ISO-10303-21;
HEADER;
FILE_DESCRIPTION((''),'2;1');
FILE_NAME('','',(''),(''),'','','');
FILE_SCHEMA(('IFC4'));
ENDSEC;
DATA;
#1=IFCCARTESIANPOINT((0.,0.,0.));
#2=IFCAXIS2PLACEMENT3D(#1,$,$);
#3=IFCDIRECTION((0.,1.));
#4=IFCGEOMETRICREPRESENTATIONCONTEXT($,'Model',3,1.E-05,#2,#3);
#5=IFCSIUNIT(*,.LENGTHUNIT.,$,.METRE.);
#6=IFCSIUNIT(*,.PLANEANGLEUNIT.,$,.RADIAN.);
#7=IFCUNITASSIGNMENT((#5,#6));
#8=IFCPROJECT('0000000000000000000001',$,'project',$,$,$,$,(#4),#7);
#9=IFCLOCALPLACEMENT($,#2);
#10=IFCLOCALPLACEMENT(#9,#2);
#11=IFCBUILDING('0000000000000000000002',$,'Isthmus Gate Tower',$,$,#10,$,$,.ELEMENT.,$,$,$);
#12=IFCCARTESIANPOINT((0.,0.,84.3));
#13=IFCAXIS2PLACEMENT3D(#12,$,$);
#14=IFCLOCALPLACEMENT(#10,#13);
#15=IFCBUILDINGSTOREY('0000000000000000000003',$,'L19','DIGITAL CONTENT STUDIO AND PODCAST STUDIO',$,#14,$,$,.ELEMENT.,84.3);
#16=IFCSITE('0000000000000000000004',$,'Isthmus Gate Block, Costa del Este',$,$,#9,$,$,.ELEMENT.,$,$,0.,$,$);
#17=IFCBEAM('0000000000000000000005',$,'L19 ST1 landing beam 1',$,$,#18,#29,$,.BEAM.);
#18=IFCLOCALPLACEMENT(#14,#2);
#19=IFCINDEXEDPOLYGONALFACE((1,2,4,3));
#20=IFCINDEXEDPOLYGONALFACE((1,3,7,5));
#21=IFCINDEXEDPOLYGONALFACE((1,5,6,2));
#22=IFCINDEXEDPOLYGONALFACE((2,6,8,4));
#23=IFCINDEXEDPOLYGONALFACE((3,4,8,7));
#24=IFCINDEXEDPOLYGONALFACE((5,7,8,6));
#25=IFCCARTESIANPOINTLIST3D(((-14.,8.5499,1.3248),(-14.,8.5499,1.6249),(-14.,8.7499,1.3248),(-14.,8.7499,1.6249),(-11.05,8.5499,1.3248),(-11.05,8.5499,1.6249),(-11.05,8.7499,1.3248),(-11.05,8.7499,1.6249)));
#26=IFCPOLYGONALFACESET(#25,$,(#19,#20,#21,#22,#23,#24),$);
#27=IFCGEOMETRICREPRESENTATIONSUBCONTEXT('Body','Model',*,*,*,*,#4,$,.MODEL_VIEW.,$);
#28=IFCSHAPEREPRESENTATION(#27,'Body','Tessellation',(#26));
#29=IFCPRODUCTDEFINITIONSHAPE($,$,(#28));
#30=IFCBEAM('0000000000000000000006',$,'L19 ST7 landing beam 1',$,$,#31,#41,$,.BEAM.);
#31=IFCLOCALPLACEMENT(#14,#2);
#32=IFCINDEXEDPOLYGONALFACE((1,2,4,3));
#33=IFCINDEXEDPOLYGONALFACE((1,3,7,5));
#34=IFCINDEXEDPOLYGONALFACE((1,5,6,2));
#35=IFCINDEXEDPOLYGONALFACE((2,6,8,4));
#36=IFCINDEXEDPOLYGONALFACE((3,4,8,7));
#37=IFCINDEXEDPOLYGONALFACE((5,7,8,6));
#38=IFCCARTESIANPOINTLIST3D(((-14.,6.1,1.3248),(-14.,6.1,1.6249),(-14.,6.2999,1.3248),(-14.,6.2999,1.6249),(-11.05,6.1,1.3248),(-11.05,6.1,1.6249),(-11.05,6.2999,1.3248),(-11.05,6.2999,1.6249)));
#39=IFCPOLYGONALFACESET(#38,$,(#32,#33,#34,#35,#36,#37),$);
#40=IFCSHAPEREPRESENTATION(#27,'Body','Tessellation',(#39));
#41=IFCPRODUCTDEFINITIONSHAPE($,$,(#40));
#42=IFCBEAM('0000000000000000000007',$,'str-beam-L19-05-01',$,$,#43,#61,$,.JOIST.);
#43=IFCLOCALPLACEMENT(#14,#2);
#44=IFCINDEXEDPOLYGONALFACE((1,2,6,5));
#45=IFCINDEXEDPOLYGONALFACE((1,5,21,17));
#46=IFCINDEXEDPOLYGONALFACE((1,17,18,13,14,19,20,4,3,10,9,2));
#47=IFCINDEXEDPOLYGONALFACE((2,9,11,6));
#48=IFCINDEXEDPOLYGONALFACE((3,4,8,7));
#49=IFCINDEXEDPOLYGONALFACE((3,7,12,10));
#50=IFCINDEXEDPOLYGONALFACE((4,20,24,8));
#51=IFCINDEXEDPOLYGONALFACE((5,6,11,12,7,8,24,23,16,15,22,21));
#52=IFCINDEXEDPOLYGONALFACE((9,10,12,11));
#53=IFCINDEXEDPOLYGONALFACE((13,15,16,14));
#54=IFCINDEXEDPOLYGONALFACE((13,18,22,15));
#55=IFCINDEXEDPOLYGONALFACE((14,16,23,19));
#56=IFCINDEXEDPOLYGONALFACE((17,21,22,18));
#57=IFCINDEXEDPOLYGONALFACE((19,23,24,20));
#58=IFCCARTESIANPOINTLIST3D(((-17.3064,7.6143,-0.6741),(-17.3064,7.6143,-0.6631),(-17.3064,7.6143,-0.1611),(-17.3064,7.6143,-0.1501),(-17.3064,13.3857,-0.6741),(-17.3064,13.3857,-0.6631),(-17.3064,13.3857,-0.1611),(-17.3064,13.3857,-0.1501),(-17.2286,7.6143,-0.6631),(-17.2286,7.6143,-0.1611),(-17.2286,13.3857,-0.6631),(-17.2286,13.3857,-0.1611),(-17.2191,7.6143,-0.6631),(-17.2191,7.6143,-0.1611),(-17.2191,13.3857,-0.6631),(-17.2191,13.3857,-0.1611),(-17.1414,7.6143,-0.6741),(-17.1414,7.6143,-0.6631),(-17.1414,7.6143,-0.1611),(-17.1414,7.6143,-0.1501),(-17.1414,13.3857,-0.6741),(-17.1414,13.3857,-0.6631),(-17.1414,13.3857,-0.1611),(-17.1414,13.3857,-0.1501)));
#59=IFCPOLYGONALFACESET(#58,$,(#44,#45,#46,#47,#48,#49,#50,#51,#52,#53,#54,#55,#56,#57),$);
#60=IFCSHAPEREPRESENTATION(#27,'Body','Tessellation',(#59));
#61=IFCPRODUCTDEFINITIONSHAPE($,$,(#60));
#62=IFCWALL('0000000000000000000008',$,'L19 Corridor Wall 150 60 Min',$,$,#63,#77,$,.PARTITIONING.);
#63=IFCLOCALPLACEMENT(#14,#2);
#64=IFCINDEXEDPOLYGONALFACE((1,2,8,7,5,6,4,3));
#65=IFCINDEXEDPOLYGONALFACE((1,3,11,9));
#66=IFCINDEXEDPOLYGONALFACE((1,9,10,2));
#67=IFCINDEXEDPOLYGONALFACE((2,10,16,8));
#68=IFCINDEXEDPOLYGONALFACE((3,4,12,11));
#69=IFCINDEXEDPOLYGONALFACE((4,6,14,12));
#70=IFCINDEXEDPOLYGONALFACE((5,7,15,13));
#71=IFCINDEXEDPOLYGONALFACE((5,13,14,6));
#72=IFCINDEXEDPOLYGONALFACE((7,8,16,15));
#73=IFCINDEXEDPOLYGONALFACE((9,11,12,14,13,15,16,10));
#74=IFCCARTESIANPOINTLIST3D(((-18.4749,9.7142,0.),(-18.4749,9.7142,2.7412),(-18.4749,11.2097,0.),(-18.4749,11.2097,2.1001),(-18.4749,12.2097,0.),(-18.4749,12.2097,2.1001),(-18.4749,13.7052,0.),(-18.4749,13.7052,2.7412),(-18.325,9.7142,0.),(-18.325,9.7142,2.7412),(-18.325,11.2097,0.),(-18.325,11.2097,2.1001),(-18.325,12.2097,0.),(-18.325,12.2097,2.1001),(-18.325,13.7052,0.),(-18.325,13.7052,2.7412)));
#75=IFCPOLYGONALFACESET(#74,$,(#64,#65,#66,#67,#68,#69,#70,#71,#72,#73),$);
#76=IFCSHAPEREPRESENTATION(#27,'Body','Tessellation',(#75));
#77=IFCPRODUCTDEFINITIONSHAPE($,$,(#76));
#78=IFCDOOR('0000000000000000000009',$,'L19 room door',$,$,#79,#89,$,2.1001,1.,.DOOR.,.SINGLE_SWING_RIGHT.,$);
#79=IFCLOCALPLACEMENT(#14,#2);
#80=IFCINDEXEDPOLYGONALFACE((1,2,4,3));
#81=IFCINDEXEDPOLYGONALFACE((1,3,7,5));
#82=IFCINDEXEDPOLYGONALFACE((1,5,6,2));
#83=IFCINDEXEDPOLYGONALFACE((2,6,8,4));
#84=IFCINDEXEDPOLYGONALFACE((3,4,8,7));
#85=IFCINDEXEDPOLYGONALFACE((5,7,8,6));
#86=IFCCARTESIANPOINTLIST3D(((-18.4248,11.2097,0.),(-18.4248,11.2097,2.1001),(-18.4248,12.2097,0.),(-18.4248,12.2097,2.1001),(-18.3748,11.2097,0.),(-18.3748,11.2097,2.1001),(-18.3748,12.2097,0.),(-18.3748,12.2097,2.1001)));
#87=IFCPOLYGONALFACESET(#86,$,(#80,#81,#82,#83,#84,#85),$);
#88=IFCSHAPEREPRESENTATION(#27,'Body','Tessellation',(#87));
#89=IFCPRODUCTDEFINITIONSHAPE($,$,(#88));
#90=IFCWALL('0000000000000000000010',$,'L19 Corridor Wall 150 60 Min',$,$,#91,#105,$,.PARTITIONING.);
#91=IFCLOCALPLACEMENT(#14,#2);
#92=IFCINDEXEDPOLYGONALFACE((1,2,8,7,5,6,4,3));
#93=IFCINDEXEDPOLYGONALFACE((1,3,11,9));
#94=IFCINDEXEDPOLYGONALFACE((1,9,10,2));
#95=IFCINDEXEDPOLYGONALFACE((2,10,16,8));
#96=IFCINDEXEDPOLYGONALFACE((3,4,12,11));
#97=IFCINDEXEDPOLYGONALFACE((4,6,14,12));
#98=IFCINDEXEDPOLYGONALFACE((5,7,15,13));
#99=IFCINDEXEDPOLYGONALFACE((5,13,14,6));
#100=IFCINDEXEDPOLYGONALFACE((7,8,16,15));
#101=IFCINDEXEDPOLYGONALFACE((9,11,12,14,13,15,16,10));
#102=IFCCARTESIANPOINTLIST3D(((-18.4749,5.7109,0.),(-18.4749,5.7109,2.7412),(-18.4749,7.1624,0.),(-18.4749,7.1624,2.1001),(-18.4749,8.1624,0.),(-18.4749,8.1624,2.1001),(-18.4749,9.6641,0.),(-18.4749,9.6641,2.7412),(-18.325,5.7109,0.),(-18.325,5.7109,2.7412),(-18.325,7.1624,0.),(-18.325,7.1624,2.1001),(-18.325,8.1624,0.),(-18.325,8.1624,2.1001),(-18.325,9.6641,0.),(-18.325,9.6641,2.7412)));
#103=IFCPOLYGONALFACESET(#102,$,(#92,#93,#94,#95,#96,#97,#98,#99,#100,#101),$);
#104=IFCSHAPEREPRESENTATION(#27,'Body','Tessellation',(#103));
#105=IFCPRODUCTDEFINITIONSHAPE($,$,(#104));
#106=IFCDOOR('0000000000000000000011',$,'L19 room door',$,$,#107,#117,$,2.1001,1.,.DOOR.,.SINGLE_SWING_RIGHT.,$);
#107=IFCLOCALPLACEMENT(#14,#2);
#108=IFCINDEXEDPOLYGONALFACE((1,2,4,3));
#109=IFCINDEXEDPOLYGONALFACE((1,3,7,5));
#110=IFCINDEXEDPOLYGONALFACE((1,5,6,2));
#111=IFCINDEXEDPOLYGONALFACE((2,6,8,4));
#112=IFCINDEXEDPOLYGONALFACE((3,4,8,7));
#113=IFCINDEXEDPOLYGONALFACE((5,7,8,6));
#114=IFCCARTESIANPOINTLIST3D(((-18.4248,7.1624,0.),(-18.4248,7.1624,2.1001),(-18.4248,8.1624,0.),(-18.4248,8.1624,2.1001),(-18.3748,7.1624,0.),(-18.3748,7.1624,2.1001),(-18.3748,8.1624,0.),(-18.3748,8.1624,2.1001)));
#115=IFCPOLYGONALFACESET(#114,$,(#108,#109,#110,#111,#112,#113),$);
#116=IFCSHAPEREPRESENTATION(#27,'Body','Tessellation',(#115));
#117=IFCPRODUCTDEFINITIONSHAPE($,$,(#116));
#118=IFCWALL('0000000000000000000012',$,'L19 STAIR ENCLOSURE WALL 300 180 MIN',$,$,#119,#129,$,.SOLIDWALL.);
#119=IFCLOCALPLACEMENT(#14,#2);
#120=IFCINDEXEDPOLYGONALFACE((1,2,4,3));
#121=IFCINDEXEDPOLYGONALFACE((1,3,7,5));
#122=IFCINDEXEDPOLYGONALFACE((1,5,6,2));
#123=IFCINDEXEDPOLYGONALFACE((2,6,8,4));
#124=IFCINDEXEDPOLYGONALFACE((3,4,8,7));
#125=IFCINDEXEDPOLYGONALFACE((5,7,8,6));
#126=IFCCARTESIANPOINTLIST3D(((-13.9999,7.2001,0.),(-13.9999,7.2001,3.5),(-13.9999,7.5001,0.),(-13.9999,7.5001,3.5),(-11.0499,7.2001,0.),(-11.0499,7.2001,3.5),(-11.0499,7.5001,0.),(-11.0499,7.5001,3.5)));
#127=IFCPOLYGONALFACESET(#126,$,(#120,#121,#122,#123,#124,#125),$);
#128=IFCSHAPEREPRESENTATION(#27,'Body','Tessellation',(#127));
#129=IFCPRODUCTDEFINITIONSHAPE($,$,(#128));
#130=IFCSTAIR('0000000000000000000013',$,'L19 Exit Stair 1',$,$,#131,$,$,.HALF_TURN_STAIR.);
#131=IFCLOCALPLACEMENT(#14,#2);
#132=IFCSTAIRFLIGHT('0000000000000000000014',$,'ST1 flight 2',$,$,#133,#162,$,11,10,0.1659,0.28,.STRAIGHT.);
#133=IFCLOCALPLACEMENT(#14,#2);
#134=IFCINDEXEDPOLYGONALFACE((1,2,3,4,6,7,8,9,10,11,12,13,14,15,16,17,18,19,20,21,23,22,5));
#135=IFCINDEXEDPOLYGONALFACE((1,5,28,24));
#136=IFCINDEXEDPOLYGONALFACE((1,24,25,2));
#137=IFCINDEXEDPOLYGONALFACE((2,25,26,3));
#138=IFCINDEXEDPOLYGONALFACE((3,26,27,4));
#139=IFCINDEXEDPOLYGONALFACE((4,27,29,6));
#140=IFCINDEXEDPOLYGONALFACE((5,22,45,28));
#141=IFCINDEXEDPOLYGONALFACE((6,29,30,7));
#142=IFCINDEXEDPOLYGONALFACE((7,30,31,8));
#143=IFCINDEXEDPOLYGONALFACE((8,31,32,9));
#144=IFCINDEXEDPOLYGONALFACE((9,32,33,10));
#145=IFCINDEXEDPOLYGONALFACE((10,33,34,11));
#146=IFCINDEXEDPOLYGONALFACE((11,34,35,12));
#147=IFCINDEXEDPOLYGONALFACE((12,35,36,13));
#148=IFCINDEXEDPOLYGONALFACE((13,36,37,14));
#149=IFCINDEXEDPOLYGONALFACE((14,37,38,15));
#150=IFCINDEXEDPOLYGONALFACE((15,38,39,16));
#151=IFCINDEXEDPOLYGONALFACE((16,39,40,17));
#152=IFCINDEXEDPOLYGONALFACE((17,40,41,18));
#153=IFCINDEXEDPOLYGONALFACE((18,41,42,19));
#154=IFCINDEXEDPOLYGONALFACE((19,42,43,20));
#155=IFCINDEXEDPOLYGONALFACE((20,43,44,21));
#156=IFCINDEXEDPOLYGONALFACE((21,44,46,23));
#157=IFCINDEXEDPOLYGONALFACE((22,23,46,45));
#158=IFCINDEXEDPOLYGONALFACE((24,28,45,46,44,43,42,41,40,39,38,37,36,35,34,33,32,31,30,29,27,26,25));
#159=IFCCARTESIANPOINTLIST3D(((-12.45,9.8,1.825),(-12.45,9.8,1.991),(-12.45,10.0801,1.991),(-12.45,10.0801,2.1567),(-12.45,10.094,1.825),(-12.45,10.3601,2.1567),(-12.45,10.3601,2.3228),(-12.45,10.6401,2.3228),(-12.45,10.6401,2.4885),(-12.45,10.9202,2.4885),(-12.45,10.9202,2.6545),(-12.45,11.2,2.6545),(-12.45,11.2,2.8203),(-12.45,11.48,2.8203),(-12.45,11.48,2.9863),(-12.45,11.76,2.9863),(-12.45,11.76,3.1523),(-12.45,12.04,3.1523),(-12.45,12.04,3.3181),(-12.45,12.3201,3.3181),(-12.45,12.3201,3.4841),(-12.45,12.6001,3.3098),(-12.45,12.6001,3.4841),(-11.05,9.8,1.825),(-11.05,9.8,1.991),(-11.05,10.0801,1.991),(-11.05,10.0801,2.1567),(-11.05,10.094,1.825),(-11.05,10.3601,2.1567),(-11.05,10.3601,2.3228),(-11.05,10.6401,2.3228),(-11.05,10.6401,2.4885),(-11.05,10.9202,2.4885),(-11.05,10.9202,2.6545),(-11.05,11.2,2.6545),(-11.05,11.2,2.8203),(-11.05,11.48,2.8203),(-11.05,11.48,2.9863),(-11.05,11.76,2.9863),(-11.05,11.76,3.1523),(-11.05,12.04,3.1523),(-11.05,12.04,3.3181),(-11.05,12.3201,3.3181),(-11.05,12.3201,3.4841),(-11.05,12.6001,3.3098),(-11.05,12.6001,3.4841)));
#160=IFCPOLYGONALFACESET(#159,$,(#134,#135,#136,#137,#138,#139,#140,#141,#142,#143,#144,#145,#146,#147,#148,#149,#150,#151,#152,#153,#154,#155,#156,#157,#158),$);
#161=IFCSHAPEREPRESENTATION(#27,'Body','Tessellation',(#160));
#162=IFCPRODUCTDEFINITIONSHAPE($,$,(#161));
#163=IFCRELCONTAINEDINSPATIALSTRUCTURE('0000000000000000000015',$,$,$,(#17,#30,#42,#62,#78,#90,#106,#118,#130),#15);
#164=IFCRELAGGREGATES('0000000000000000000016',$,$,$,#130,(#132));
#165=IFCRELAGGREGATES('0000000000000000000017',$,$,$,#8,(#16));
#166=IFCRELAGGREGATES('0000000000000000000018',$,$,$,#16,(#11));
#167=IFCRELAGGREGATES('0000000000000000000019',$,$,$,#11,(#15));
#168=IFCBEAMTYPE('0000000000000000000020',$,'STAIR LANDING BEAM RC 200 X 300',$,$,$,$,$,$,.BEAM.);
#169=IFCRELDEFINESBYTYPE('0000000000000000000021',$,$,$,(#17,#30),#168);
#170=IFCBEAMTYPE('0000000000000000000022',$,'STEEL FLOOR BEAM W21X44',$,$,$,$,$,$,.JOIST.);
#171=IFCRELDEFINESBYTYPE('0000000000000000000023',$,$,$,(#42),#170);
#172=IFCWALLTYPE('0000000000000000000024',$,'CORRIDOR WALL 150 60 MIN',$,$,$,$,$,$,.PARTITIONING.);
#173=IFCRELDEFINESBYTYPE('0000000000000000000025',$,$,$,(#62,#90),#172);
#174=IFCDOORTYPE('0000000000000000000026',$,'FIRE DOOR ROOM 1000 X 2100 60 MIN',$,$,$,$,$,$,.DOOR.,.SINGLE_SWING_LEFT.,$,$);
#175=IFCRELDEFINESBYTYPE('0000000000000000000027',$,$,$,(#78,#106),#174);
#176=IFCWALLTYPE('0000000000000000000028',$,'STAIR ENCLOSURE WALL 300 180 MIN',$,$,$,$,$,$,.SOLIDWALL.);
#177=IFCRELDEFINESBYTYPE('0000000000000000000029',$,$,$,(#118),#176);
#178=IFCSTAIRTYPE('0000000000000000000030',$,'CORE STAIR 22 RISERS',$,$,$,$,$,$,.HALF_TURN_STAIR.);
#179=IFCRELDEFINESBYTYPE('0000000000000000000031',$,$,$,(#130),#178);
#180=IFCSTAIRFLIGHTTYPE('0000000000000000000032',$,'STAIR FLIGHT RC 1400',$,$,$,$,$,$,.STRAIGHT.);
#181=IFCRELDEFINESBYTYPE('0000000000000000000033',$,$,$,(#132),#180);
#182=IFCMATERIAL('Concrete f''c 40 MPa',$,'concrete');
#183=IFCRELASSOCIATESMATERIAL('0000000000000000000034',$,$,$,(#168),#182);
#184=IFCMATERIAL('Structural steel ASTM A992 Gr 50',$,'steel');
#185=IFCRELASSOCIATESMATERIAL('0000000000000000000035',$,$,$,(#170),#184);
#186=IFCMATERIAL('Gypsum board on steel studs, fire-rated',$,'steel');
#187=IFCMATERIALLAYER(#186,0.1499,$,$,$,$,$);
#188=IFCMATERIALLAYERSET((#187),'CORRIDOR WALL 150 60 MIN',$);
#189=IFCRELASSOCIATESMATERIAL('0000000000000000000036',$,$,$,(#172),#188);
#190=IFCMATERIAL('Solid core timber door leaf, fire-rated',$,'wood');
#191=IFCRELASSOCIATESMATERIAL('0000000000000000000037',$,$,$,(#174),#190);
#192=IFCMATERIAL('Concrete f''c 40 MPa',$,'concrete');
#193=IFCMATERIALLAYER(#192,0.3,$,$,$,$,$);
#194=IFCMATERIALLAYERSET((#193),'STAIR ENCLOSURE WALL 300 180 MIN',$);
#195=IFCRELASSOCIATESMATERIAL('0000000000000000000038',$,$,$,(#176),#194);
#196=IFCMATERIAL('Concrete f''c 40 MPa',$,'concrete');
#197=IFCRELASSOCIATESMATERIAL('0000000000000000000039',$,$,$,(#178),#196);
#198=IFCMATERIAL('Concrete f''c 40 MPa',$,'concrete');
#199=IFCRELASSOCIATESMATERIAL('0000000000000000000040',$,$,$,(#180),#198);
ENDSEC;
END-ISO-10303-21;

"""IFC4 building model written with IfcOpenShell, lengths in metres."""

from ifc_helpers import new_model, si_unit, direction, frame, frame_2d, origin, origin_2d, place, context, subcontext, project, spatial, polyline, rectangle, i_section, outline, extrude, material, layer, layer_set, material_profile, profile_set, type_object, element, fill, aggregate, save


model = new_model("IFC4")

# Units and contexts
model_context = context("Model", 3, precision=1e-05, world=origin(), true_north=direction((0.0, 1.0)))
body_context = subcontext(model_context, "Body", "Model", "MODEL_VIEW")
ifc_project = project(units=[si_unit("LENGTHUNIT", "METRE"), si_unit("PLANEANGLEUNIT", "RADIAN")], contexts=[model_context])

# Site, building, storey
site_placement = place(None, origin())
site = spatial("IfcSite", under=ifc_project, at=site_placement, Name="Isthmus Gate Block, Costa del Este", CompositionType="ELEMENT", RefElevation=0.0)
building_placement = place(site_placement, origin())
building = spatial("IfcBuilding", under=site, at=building_placement, Name="Isthmus Gate Tower", CompositionType="ELEMENT")
storey_placement = place(building_placement, frame((0.0, 0.0, 84.3)))
storey = spatial("IfcBuildingStorey", under=building, at=storey_placement, Name="L19", Description="DIGITAL CONTENT STUDIO AND PODCAST STUDIO", CompositionType="ELEMENT", Elevation=84.3)

# Beams
ifc_material_1 = material(Name="Concrete f'c 40 MPa", Category="concrete")
ifc_material_profile_1 = material_profile(ifc_material_1, rectangle(XDim=0.2, YDim=0.3, at=origin_2d()), Name="STAIR LANDING BEAM RC 200 X 300")
ifc_profile_set_1 = profile_set([ifc_material_profile_1], Name="Concrete f'c 40 MPa")
beam_type_1 = type_object("IfcBeamType", Name="STAIR LANDING BEAM RC 200 X 300", PredefinedType="BEAM", material=ifc_profile_set_1)
for number, where, z_axis, x_axis, name in (
    (1, (-14.0, 8.6499, 1.4749), (1.0, 0.0, 0.0), (0.0, 1.0, 0.0), "L19 ST1 landing beam 1"),
    (2, (-14.0, 6.2, 1.4749), (1.0, 0.0, 0.0), (0.0, 1.0, 0.0), "L19 ST7 landing beam 1"),
):
    element("IfcBeam", number, at=place(storey_placement, frame(where, z_axis=z_axis, x_axis=x_axis)), inside=storey, type_object=beam_type_1, Name=name, PredefinedType="BEAM", context=body_context, shape_type="SweptSolid", body=[
        extrude(rectangle(XDim=0.2, YDim=0.3, at=origin_2d()), origin(), (0.0, 0.0, 1.0), 2.95),
    ])
ifc_material_2 = material(Name="Structural steel ASTM A992 Gr 50", Category="steel")
ifc_material_profile_2 = material_profile(ifc_material_2, i_section(OverallWidth=0.165, OverallDepth=0.5239, WebThickness=0.0095, FlangeThickness=0.011, at=origin_2d()), Name="W21X44")
ifc_profile_set_2 = profile_set([ifc_material_profile_2], Name="Structural steel ASTM A992 Gr 50")
beam_type_2 = type_object("IfcBeamType", Name="STEEL FLOOR BEAM W21X44", PredefinedType="JOIST", material=ifc_profile_set_2)
beam_placement = place(storey_placement, frame((-17.2239, 7.6143, -0.4121), z_axis=(0.0, 1.0, 0.0), x_axis=(-1.0, 0.0, 0.0)))
element("IfcBeam", 3, at=beam_placement, inside=storey, type_object=beam_type_2, Name="str-beam-L19-05-01", PredefinedType="JOIST", context=body_context, shape_type="SweptSolid", body=[
    extrude(i_section(OverallWidth=0.165, OverallDepth=0.5239, WebThickness=0.0095, FlangeThickness=0.011, at=origin_2d()), origin(), (0.0, 0.0, 1.0), 5.7715),
])

# Walls, openings, doors
ifc_material_3 = material(Name="Gypsum board on steel studs, fire-rated", Category="steel")
ifc_layer_1 = layer(ifc_material_3, 0.1499)
ifc_layer_set_1 = layer_set([ifc_layer_1], Name="CORRIDOR WALL 150 60 MIN")
wall_type_1 = type_object("IfcWallType", Name="CORRIDOR WALL 150 60 MIN", PredefinedType="PARTITIONING", material=ifc_layer_set_1)
wall_1_placement = place(storey_placement, frame((-18.3999, 9.7141, 0.0), z_axis=(0.0, 0.0, 1.0), x_axis=(0.0, 1.0, 0.0)))
wall_1 = element("IfcWall", 4, at=wall_1_placement, inside=storey, type_object=wall_type_1, Name="L19 Corridor Wall 150 60 Min", PredefinedType="PARTITIONING", context=body_context, shape_type="SweptSolid", body=[
    extrude(rectangle(XDim=3.991, YDim=0.1499, at=frame_2d((1.9956, 0.0))), origin(), (0.0, 0.0, 1.0), 2.7412),
])
opening_1_placement = place(wall_1_placement, frame((1.4956, 0.0, 0.0)))
opening_1 = element("IfcOpeningElement", 5, at=opening_1_placement, cuts=wall_1, PredefinedType="OPENING", context=body_context, shape_type="SweptSolid", body=[
    extrude(rectangle(XDim=1.0, YDim=2.1001, at=frame_2d((0.5, 1.05))), frame((0.0, 0.085, 0.0), z_axis=(0.0, -1.0, 0.0), x_axis=(1.0, 0.0, 0.0)), (0.0, 0.0, 1.0), 0.1699),
])
ifc_material_4 = material(Name="Solid core timber door leaf, fire-rated", Category="wood")
door_type = type_object("IfcDoorType", Name="FIRE DOOR ROOM 1000 X 2100 60 MIN", OperationType="SINGLE_SWING_LEFT", PredefinedType="DOOR", material=ifc_material_4)
door_1_placement = place(opening_1_placement, origin())
door_1 = element("IfcDoor", 6, at=door_1_placement, inside=storey, type_object=door_type, Name="L19 room door", OperationType="SINGLE_SWING_RIGHT", OverallHeight=2.1001, OverallWidth=1.0, PredefinedType="DOOR", context=body_context, shape_type="SweptSolid", body=[
    extrude(rectangle(XDim=1.0, YDim=2.1001, at=frame_2d((0.5, 1.05))), frame((0.0, 0.0249, 0.0), z_axis=(0.0, -1.0, 0.0), x_axis=(1.0, 0.0, 0.0)), (0.0, 0.0, 1.0), 0.05),
])
fill(opening_1, door_1)
wall_2_placement = place(storey_placement, frame((-18.3999, 5.7109, 0.0), z_axis=(0.0, 0.0, 1.0), x_axis=(0.0, 1.0, 0.0)))
wall_2 = element("IfcWall", 7, at=wall_2_placement, inside=storey, type_object=wall_type_1, Name="L19 Corridor Wall 150 60 Min", PredefinedType="PARTITIONING", context=body_context, shape_type="SweptSolid", body=[
    extrude(rectangle(XDim=3.9531, YDim=0.1499, at=frame_2d((1.9766, 0.0))), origin(), (0.0, 0.0, 1.0), 2.7412),
])
opening_2_placement = place(wall_2_placement, frame((1.4514, 0.0, 0.0)))
opening_2 = element("IfcOpeningElement", 8, at=opening_2_placement, cuts=wall_2, PredefinedType="OPENING", context=body_context, shape_type="SweptSolid", body=[
    extrude(rectangle(XDim=1.0, YDim=2.1001, at=frame_2d((0.5, 1.05))), frame((0.0, 0.085, 0.0), z_axis=(0.0, -1.0, 0.0), x_axis=(1.0, 0.0, 0.0)), (0.0, 0.0, 1.0), 0.1699),
])
door_2_placement = place(opening_2_placement, origin())
door_2 = element("IfcDoor", 9, at=door_2_placement, inside=storey, type_object=door_type, Name="L19 room door", OperationType="SINGLE_SWING_RIGHT", OverallHeight=2.1001, OverallWidth=1.0, PredefinedType="DOOR", context=body_context, shape_type="SweptSolid", body=[
    extrude(rectangle(XDim=1.0, YDim=2.1001, at=frame_2d((0.5, 1.05))), frame((0.0, 0.0249, 0.0), z_axis=(0.0, -1.0, 0.0), x_axis=(1.0, 0.0, 0.0)), (0.0, 0.0, 1.0), 0.05),
])
fill(opening_2, door_2)

# Wall
ifc_material_5 = material(Name="Concrete f'c 40 MPa", Category="concrete")
ifc_layer_2 = layer(ifc_material_5, 0.3)
ifc_layer_set_2 = layer_set([ifc_layer_2], Name="STAIR ENCLOSURE WALL 300 180 MIN")
wall_type_2 = type_object("IfcWallType", Name="STAIR ENCLOSURE WALL 300 180 MIN", PredefinedType="SOLIDWALL", material=ifc_layer_set_2)
wall_3_placement = place(storey_placement, frame((-14.0, 7.3501, 0.0), z_axis=(0.0, 0.0, 1.0), x_axis=(1.0, 0.0, 0.0)))
element("IfcWall", 10, at=wall_3_placement, inside=storey, type_object=wall_type_2, Name="L19 STAIR ENCLOSURE WALL 300 180 MIN", PredefinedType="SOLIDWALL", context=body_context, shape_type="SweptSolid", body=[
    extrude(rectangle(XDim=2.95, YDim=0.3, at=frame_2d((1.4751, 0.0))), origin(), (0.0, 0.0, 1.0), 3.5),
])

# Stair, stair flight
ifc_material_6 = material(Name="Concrete f'c 40 MPa", Category="concrete")
stair_type = type_object("IfcStairType", Name="CORE STAIR 22 RISERS", PredefinedType="HALF_TURN_STAIR", material=ifc_material_6)
stair_1_placement = place(storey_placement, origin())
stair_1 = element("IfcStair", 11, at=stair_1_placement, inside=storey, type_object=stair_type, Name="L19 Exit Stair 1", PredefinedType="HALF_TURN_STAIR")
ifc_material_7 = material(Name="Concrete f'c 40 MPa", Category="concrete")
stair_flight_type = type_object("IfcStairFlightType", Name="STAIR FLIGHT RC 1400", PredefinedType="STRAIGHT", material=ifc_material_7)
stair_flight_1_placement = place(storey_placement, frame((-11.75, 9.8, 1.825), z_axis=(0.0, 0.0, 1.0), x_axis=(0.0, 1.0, 0.0)))
stair_flight_1 = element("IfcStairFlight", 12, at=stair_flight_1_placement, type_object=stair_flight_type, Name="ST1 flight 2", NumberOfRisers=11, NumberOfTreads=10, PredefinedType="STRAIGHT", RiserHeight=0.1659, TreadLength=0.28, context=body_context, shape_type="SweptSolid", body=[
    extrude(outline(polyline([(0.0, 0.0), (0.0, 0.166), (0.28, 0.166), (0.28, 0.3318), (0.5601, 0.3318), (0.5601, 0.4978), (0.8401, 0.4978), (0.8401, 0.6636), (1.1201, 0.6636), (1.1201, 0.8296), (1.3999, 0.8296), (1.3999, 0.9954), (1.6799, 0.9954), (1.6799, 1.1614), (1.96, 1.1614), (1.96, 1.3274), (2.24, 1.3274), (2.24, 1.4932), (2.52, 1.4932), (2.52, 1.6592), (2.8, 1.6592), (2.8, 1.825), (2.8, 1.4849), (0.2939, 0.0), (0.0, 0.0)])), frame((0.0, 0.7, 0.0), z_axis=(0.0, -1.0, 0.0), x_axis=(1.0, 0.0, 0.0)), (0.0, 0.0, 1.0), 1.3999),
])
aggregate(stair_1, [stair_flight_1])

save(model, "model.ifc")
